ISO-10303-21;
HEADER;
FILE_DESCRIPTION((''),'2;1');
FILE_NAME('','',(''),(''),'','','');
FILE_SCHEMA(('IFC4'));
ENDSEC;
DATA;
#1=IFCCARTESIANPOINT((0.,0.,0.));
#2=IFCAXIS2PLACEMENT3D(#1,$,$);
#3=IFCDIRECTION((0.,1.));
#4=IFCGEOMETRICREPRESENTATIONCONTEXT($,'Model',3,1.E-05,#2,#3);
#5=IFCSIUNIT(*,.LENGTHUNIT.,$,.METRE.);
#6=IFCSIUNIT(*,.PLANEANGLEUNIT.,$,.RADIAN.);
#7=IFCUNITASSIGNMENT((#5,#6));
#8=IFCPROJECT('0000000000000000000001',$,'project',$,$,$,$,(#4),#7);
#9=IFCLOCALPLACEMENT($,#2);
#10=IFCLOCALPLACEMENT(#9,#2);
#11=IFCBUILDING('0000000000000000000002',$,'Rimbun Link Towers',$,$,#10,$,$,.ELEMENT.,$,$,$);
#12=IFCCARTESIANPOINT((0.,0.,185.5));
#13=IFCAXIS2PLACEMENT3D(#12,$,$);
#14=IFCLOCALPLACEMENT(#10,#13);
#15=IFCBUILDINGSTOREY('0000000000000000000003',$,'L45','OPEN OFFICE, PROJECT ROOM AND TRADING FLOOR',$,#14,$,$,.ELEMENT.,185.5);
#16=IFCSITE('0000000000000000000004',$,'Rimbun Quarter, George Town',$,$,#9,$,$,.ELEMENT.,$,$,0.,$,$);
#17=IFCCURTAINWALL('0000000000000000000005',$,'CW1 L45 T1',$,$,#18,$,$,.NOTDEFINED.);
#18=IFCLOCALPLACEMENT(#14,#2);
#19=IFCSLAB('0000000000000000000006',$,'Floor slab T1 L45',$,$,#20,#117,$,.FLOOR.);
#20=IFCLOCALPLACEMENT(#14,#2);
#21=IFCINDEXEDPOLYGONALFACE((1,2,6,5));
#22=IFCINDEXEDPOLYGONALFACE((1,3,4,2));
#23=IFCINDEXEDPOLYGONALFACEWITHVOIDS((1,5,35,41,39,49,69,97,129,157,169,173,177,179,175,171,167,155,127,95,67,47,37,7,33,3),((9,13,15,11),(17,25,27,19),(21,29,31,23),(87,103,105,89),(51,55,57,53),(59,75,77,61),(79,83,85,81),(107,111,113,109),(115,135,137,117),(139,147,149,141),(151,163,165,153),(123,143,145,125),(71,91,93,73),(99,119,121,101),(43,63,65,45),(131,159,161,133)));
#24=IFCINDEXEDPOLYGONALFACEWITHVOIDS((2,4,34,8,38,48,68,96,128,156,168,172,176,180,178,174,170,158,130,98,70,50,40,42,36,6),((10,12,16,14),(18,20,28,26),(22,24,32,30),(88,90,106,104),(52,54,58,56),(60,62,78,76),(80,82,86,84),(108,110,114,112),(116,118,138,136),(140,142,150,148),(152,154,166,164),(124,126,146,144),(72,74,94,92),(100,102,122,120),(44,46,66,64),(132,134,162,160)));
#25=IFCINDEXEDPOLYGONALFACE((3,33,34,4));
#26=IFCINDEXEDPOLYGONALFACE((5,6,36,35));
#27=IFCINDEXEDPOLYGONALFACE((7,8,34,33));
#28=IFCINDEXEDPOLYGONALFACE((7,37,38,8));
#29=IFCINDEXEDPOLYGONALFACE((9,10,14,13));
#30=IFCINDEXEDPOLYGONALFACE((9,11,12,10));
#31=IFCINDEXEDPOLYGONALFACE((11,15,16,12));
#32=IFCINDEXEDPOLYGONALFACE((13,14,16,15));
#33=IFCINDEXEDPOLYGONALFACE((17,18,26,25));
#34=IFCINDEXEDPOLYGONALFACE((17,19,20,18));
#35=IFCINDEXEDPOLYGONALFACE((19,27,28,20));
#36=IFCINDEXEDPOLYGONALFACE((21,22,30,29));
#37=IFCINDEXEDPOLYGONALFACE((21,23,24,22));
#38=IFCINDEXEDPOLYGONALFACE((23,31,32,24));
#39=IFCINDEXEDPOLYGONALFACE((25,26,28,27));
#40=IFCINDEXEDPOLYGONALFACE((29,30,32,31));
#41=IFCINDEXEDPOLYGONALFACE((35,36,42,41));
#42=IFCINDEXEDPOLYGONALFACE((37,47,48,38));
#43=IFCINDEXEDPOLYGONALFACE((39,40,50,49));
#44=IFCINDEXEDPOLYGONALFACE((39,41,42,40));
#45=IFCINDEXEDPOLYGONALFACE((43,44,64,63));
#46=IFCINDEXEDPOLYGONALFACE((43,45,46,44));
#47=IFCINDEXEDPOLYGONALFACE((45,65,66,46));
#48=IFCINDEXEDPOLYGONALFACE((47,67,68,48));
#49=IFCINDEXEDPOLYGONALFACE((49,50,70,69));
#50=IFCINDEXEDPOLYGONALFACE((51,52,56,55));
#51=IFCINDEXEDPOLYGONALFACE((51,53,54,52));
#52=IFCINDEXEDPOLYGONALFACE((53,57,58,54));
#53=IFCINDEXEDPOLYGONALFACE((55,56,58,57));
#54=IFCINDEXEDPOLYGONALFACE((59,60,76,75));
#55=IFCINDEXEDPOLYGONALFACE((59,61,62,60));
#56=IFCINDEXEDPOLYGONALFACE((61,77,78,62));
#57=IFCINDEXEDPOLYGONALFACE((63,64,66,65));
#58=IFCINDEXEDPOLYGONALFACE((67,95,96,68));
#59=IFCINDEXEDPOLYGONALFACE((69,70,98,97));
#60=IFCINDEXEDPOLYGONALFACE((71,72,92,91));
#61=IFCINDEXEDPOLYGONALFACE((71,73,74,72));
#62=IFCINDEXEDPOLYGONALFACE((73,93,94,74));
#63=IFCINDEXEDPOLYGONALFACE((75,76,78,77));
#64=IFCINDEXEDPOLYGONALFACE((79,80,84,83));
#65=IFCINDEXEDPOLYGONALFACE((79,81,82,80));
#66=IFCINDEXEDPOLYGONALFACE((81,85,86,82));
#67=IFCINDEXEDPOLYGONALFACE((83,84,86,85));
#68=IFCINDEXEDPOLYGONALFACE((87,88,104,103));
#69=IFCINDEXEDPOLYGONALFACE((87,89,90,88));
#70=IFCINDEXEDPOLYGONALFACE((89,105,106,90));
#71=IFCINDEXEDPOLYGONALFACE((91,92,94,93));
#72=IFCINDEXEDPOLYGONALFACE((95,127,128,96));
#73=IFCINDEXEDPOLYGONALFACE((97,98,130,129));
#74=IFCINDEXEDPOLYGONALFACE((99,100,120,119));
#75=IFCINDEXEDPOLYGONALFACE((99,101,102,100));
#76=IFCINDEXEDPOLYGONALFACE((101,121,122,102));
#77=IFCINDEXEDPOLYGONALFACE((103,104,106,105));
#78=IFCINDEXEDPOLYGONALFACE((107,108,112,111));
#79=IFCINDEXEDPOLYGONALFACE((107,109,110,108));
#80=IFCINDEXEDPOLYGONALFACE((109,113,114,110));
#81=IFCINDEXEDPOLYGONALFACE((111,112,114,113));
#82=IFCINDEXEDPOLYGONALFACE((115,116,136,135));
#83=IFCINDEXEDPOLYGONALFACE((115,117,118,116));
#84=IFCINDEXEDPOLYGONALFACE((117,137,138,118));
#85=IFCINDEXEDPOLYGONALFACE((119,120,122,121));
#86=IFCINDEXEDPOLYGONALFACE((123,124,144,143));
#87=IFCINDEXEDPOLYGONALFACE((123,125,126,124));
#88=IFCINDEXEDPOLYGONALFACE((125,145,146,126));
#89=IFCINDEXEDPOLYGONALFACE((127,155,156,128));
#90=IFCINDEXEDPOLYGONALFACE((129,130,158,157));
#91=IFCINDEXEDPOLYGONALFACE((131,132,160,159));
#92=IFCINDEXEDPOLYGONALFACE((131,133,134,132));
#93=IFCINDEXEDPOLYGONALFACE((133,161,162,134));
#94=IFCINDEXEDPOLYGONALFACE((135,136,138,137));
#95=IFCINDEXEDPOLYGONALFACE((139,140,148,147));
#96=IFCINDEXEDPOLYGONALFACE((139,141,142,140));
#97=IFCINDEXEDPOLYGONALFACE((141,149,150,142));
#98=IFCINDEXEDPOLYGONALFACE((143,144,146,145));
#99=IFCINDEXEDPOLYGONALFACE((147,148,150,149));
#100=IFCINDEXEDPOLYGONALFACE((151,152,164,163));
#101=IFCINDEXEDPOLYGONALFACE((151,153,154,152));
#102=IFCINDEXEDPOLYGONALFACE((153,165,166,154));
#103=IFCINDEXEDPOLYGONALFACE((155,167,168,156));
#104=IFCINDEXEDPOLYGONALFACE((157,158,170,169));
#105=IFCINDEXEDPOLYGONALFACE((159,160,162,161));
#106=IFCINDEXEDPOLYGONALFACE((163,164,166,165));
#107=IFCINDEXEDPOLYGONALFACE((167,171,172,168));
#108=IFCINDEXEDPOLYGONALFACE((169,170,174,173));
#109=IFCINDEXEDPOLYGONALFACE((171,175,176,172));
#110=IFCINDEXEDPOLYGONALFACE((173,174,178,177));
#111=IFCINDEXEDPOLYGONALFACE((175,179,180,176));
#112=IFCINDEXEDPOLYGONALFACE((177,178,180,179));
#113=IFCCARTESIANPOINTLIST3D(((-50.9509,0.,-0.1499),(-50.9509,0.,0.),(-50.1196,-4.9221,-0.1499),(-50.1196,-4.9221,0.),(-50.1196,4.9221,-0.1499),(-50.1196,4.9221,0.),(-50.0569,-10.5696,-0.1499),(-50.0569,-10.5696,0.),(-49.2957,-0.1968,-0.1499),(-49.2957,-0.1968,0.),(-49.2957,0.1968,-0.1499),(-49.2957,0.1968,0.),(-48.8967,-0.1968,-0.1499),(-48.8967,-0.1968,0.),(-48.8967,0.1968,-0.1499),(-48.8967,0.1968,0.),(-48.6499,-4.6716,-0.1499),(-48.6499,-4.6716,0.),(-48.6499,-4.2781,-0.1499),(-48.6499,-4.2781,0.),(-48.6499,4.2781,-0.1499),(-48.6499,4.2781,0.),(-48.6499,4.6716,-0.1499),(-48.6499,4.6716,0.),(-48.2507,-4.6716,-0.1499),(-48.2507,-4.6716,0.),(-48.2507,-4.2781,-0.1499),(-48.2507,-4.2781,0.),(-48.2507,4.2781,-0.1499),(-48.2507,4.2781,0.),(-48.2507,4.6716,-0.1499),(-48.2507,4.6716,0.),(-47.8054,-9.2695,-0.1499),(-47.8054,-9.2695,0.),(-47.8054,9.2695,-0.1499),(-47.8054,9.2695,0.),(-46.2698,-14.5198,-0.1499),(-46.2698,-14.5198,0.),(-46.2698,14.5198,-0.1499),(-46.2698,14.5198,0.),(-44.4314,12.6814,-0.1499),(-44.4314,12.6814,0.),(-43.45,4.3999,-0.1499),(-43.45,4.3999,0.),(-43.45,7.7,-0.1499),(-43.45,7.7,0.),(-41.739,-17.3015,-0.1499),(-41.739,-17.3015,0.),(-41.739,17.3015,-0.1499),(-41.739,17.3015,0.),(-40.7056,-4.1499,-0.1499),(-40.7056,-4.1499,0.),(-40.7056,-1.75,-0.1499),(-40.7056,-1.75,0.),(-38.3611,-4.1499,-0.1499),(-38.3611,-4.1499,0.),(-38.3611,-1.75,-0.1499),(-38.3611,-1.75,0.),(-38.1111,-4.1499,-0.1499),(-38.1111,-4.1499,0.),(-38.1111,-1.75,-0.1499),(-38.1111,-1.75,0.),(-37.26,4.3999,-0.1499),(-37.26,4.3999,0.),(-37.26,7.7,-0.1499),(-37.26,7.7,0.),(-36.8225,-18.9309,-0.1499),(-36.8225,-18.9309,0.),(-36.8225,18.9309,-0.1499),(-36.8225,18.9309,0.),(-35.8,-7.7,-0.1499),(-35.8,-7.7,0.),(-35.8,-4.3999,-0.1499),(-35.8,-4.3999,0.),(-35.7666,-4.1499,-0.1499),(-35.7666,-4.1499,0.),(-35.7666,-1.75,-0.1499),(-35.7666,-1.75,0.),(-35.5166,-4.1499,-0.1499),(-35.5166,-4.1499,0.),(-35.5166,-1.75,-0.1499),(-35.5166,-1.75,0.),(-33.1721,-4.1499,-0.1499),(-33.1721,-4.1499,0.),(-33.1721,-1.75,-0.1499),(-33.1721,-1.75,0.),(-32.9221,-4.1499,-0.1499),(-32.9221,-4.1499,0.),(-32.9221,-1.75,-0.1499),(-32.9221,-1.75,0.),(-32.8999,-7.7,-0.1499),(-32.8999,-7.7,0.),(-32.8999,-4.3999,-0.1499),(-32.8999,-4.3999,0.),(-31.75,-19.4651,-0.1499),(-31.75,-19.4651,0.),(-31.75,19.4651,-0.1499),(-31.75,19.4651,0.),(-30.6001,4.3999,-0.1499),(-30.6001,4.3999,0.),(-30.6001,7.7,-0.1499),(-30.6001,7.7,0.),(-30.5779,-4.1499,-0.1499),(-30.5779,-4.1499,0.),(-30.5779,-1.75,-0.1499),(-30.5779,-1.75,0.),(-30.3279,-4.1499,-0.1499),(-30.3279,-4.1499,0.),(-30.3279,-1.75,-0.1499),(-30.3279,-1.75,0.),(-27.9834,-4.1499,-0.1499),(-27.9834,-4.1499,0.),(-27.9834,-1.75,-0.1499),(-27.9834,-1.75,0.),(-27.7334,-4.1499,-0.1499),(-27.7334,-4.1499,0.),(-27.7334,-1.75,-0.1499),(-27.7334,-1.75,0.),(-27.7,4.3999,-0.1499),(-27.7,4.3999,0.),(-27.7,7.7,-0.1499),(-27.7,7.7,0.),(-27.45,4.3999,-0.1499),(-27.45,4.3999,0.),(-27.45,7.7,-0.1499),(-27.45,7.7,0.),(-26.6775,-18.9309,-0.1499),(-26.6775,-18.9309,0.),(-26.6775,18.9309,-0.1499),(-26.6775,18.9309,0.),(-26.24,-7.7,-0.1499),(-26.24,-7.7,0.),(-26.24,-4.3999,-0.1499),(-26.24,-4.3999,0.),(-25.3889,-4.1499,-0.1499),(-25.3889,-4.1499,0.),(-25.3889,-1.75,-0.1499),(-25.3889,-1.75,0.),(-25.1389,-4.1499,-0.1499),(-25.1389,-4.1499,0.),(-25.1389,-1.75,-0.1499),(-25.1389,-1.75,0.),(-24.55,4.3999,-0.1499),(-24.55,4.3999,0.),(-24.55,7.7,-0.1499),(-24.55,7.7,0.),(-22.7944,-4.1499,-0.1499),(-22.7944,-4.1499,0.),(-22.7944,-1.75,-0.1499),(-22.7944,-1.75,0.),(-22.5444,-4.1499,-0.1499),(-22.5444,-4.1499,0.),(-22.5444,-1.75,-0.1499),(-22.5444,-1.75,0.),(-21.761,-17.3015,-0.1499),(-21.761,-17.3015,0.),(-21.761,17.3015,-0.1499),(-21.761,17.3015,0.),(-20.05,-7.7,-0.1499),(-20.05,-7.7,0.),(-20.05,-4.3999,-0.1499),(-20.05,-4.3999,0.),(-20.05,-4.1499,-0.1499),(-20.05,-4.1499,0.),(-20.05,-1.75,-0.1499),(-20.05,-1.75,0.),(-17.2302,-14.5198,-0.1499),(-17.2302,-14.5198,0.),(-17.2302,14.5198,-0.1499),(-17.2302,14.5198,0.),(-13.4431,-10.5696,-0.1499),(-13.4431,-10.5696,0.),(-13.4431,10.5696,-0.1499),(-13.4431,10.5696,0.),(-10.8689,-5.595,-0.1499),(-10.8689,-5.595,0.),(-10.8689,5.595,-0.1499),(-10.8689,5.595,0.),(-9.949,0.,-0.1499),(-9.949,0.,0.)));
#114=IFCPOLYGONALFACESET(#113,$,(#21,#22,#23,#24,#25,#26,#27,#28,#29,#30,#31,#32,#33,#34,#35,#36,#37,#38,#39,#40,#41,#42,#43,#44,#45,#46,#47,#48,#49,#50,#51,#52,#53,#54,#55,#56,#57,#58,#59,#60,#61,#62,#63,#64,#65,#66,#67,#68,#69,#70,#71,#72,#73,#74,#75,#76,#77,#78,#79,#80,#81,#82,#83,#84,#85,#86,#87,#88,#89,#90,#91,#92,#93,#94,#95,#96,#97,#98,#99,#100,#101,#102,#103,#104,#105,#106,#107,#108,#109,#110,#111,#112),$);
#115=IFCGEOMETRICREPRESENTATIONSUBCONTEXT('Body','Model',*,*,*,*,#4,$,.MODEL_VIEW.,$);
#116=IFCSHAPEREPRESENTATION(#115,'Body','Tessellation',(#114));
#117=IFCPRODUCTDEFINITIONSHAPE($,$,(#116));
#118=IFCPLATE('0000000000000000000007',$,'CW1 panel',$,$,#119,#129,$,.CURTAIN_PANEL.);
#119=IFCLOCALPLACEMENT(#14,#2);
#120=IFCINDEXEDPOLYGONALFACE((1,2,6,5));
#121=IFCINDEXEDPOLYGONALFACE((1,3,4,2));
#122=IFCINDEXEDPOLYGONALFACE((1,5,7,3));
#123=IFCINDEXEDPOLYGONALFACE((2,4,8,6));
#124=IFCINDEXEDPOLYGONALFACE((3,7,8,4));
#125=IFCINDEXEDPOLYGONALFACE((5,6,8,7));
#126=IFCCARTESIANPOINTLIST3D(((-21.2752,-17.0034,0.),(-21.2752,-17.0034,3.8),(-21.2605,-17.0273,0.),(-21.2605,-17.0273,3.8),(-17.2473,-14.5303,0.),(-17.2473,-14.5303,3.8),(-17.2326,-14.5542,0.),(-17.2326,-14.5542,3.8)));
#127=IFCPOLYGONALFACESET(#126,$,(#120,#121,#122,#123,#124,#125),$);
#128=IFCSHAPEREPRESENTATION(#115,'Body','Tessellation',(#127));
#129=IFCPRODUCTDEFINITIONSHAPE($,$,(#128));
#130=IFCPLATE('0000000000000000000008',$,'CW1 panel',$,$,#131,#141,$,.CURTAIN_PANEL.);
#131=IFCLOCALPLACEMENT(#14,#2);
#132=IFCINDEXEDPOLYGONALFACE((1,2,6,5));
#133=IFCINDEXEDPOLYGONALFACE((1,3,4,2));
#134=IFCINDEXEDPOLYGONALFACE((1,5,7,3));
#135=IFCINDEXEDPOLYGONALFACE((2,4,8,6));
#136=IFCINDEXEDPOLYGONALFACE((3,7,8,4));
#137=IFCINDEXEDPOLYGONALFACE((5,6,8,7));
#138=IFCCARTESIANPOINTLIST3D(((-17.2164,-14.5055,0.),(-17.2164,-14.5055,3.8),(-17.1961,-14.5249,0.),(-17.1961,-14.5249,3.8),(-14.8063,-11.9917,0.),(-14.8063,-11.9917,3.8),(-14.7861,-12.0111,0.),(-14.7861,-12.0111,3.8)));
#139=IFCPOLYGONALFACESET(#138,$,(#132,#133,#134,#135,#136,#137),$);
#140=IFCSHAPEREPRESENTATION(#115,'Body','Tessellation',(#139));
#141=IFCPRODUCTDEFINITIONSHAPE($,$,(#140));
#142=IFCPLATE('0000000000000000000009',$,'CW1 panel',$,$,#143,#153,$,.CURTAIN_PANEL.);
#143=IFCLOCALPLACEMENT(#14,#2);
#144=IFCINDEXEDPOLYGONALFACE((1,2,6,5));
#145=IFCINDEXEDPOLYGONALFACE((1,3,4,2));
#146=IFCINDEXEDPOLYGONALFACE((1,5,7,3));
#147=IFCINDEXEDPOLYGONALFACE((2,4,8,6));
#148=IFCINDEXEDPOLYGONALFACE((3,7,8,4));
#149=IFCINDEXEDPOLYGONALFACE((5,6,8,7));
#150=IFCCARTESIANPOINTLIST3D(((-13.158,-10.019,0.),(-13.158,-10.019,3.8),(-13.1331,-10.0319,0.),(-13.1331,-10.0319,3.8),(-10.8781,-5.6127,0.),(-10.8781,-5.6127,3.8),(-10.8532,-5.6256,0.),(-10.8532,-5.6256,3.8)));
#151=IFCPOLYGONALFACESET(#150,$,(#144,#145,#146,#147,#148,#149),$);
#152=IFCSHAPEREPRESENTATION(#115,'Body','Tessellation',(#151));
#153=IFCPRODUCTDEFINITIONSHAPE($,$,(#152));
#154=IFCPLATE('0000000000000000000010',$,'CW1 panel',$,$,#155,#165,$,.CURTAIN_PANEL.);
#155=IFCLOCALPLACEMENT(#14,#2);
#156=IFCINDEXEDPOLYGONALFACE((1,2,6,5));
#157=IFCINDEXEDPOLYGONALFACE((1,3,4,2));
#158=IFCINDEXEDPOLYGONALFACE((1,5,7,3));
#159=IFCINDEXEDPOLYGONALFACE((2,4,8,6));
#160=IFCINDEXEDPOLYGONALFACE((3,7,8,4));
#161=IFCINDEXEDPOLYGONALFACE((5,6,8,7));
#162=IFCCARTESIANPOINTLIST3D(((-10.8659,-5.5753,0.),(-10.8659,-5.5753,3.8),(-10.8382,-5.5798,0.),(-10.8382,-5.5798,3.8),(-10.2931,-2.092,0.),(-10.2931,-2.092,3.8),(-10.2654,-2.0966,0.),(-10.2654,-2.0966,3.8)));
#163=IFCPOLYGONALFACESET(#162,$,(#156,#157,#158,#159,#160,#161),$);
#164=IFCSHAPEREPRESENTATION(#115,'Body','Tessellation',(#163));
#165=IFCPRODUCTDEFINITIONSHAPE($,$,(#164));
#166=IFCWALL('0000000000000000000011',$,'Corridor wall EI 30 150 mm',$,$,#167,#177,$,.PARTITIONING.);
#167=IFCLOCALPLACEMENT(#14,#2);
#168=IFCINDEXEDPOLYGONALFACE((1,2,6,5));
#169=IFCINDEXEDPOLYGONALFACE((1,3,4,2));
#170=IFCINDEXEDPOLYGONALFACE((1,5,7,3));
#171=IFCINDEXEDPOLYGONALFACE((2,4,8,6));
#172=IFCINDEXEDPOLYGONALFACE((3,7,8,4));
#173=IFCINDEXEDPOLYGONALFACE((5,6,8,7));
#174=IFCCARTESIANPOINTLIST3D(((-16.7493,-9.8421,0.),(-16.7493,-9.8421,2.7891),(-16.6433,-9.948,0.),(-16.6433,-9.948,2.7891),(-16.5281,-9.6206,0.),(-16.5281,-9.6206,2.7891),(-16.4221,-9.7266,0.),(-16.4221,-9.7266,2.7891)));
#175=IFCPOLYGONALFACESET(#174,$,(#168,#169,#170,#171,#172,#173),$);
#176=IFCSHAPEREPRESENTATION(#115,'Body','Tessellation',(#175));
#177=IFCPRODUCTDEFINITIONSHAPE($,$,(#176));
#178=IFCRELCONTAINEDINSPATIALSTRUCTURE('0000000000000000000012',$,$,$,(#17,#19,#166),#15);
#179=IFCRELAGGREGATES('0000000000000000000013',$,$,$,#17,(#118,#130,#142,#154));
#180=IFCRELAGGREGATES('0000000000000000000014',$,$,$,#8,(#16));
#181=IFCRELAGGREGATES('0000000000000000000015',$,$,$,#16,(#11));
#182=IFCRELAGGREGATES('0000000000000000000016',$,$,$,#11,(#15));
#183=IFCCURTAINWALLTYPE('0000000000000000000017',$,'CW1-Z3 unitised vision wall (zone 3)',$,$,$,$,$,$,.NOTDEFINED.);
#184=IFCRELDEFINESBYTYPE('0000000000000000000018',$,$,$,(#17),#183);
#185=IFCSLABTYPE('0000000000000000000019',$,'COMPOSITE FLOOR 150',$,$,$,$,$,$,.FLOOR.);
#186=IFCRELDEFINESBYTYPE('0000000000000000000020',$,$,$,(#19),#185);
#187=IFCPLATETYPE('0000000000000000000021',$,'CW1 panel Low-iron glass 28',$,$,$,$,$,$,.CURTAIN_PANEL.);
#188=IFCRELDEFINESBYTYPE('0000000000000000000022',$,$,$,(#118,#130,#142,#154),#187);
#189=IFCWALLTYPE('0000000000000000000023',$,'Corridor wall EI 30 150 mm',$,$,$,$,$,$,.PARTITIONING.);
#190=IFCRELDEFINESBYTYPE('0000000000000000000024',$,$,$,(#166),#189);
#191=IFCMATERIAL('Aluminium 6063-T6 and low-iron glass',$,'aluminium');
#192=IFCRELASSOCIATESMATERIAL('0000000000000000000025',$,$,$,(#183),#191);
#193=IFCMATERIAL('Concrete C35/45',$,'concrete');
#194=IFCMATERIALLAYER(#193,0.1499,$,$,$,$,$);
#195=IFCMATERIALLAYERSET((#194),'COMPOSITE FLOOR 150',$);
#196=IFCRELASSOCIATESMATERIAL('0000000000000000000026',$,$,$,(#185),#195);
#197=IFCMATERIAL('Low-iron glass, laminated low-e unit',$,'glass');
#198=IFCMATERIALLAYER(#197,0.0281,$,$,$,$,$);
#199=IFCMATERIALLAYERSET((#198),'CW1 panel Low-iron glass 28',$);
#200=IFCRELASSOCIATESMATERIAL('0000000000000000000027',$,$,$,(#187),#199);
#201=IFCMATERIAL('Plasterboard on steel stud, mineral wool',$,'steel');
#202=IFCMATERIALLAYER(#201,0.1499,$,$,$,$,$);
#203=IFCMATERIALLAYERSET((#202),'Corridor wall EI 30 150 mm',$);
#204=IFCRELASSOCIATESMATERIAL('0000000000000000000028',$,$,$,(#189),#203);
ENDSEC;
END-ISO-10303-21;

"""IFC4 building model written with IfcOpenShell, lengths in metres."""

from ifc_helpers import new_model, si_unit, direction, frame, frame_2d, origin, origin_2d, place, context, subcontext, project, spatial, polyline, rectangle, outline, extrude, material, layer, layer_set, type_object, element, aggregate, save


model = new_model("IFC4")

# Units and contexts
model_context = context("Model", 3, precision=1e-05, world=origin(), true_north=direction((0.0, 1.0)))
body_context = subcontext(model_context, "Body", "Model", "MODEL_VIEW")
ifc_project = project(units=[si_unit("LENGTHUNIT", "METRE"), si_unit("PLANEANGLEUNIT", "RADIAN")], contexts=[model_context])

# Site, building, storey
site_placement = place(None, origin())
site = spatial("IfcSite", under=ifc_project, at=site_placement, Name="Rimbun Quarter, George Town", CompositionType="ELEMENT", RefElevation=0.0)
building_placement = place(site_placement, origin())
building = spatial("IfcBuilding", under=site, at=building_placement, Name="Rimbun Link Towers", CompositionType="ELEMENT")
storey_placement = place(building_placement, frame((0.0, 0.0, 185.5)))
storey = spatial("IfcBuildingStorey", under=building, at=storey_placement, Name="L45", Description="OPEN OFFICE, PROJECT ROOM AND TRADING FLOOR", CompositionType="ELEMENT", Elevation=185.5)

# Curtain wall
ifc_material_1 = material(Name="Aluminium 6063-T6 and low-iron glass", Category="aluminium")
curtain_wall_type = type_object("IfcCurtainWallType", Name="CW1-Z3 unitised vision wall (zone 3)", PredefinedType="NOTDEFINED", material=ifc_material_1)
curtain_wall_placement = place(storey_placement, origin())
curtain_wall = element("IfcCurtainWall", 1, at=curtain_wall_placement, inside=storey, type_object=curtain_wall_type, Name="CW1 L45 T1", PredefinedType="NOTDEFINED")

# Slab
ifc_material_2 = material(Name="Concrete C35/45", Category="concrete")
ifc_layer_1 = layer(ifc_material_2, 0.1499)
ifc_layer_set_1 = layer_set([ifc_layer_1], Name="COMPOSITE FLOOR 150")
slab_type = type_object("IfcSlabType", Name="COMPOSITE FLOOR 150", PredefinedType="FLOOR", material=ifc_layer_set_1)
slab_placement = place(storey_placement, frame((0.0, 0.0, -0.1499)))
element("IfcSlab", 2, at=slab_placement, inside=storey, type_object=slab_type, Name="Floor slab T1 L45", PredefinedType="FLOOR", context=body_context, shape_type="SweptSolid", body=[
    extrude(outline(polyline([(-41.739, 17.3015), (-36.8225, 18.9309), (-31.75, 19.4651), (-26.6775, 18.9309), (-21.761, 17.3015), (-17.2302, 14.5198), (-13.4431, 10.5696), (-10.8689, 5.595), (-9.949, 0.0), (-10.8689, -5.595), (-13.4431, -10.5696), (-17.2302, -14.5198), (-21.761, -17.3015), (-26.6775, -18.9309), (-31.75, -19.4651), (-36.8225, -18.9309), (-41.739, -17.3015), (-46.2698, -14.5198), (-50.0569, -10.5696), (-47.8054, -9.2695), (-50.1196, -4.9221), (-50.9509, 0.0), (-50.1196, 4.9221), (-47.8054, 9.2695), (-44.4314, 12.6814), (-46.2698, 14.5198), (-41.739, 17.3015)]), holes=[polyline([(-32.8999, -7.7), (-32.8999, -4.3999), (-35.8, -4.3999), (-35.8, -7.7), (-32.8999, -7.7)]), polyline([(-48.2507, -4.6716), (-48.2507, -4.2781), (-48.6499, -4.2781), (-48.6499, -4.6716), (-48.2507, -4.6716)]), polyline([(-38.3611, -4.1499), (-38.3611, -1.75), (-40.7056, -1.75), (-40.7056, -4.1499), (-38.3611, -4.1499)]), polyline([(-35.7666, -4.1499), (-35.7666, -1.75), (-38.1111, -1.75), (-38.1111, -4.1499), (-35.7666, -4.1499)]), polyline([(-33.1721, -4.1499), (-33.1721, -1.75), (-35.5166, -1.75), (-35.5166, -4.1499), (-33.1721, -4.1499)]), polyline([(-48.8967, -0.1968), (-48.8967, 0.1968), (-49.2957, 0.1968), (-49.2957, -0.1968), (-48.8967, -0.1968)]), polyline([(-48.2507, 4.2781), (-48.2507, 4.6716), (-48.6499, 4.6716), (-48.6499, 4.2781), (-48.2507, 4.2781)]), polyline([(-37.26, 4.3999), (-37.26, 7.7), (-43.45, 7.7), (-43.45, 4.3999), (-37.26, 4.3999)]), polyline([(-20.05, -7.7), (-20.05, -4.3999), (-26.24, -4.3999), (-26.24, -7.7), (-20.05, -7.7)]), polyline([(-30.5779, -4.1499), (-30.5779, -1.75), (-32.9221, -1.75), (-32.9221, -4.1499), (-30.5779, -4.1499)]), polyline([(-27.9834, -4.1499), (-27.9834, -1.75), (-30.3279, -1.75), (-30.3279, -4.1499), (-27.9834, -4.1499)]), polyline([(-25.3889, -4.1499), (-25.3889, -1.75), (-27.7334, -1.75), (-27.7334, -4.1499), (-25.3889, -4.1499)]), polyline([(-22.7944, -4.1499), (-22.7944, -1.75), (-25.1389, -1.75), (-25.1389, -4.1499), (-22.7944, -4.1499)]), polyline([(-20.05, -4.1499), (-20.05, -1.75), (-22.5444, -1.75), (-22.5444, -4.1499), (-20.05, -4.1499)]), polyline([(-27.7, 4.3999), (-27.7, 7.7), (-30.6001, 7.7), (-30.6001, 4.3999), (-27.7, 4.3999)]), polyline([(-24.55, 4.3999), (-24.55, 7.7), (-27.45, 7.7), (-27.45, 4.3999), (-24.55, 4.3999)])]), origin(), (0.0, 0.0, 1.0), 0.1499),
])

# Plates
ifc_material_3 = material(Name="Low-iron glass, laminated low-e unit", Category="glass")
ifc_layer_2 = layer(ifc_material_3, 0.0281)
ifc_layer_set_2 = layer_set([ifc_layer_2], Name="CW1 panel Low-iron glass 28")
plate_type = type_object("IfcPlateType", Name="CW1 panel Low-iron glass 28", PredefinedType="CURTAIN_PANEL", material=ifc_layer_set_2)
plate_1_placement = place(storey_placement, frame((-19.2539, -15.7788, 0.0), z_axis=(0.0, 0.0, 1.0), x_axis=(-0.852189, -0.523235, 0.0)))
plate_1 = element("IfcPlate", 3, at=plate_1_placement, type_object=plate_type, Name="CW1 panel", PredefinedType="CURTAIN_PANEL", context=body_context, shape_type="SweptSolid", body=[
    extrude(rectangle(XDim=4.7266, YDim=0.0281, at=origin_2d()), origin(), (0.0, 0.0, 1.0), 3.8),
])
plate_2_placement = place(storey_placement, frame((-16.0012, -13.2583, 0.0), z_axis=(0.0, 0.0, 1.0), x_axis=(-0.692057, -0.721843, 0.0)))
plate_2 = element("IfcPlate", 4, at=plate_2_placement, type_object=plate_type, Name="CW1 panel", PredefinedType="CURTAIN_PANEL", context=body_context, shape_type="SweptSolid", body=[
    extrude(rectangle(XDim=3.4824, YDim=0.0281, at=origin_2d()), origin(), (0.0, 0.0, 1.0), 3.8),
])
plate_3_placement = place(storey_placement, frame((-12.0056, -7.8223, 0.0), z_axis=(0.0, 0.0, 1.0), x_axis=(-0.459554, -0.88815, 0.0)))
plate_3 = element("IfcPlate", 5, at=plate_3_placement, type_object=plate_type, Name="CW1 panel", PredefinedType="CURTAIN_PANEL", context=body_context, shape_type="SweptSolid", body=[
    extrude(rectangle(XDim=4.9612, YDim=0.0281, at=origin_2d()), origin(), (0.0, 0.0, 1.0), 3.8),
])
plate_4_placement = place(storey_placement, frame((-10.5657, -3.8359, 0.0), z_axis=(0.0, 0.0, 1.0), x_axis=(-0.162254, -0.986749, 0.0)))
plate_4 = element("IfcPlate", 6, at=plate_4_placement, type_object=plate_type, Name="CW1 panel", PredefinedType="CURTAIN_PANEL", context=body_context, shape_type="SweptSolid", body=[
    extrude(rectangle(XDim=3.53, YDim=0.0281, at=origin_2d()), origin(), (0.0, 0.0, 1.0), 3.8),
])
aggregate(curtain_wall, [plate_1, plate_2, plate_3, plate_4])

# Wall
ifc_material_4 = material(Name="Plasterboard on steel stud, mineral wool", Category="steel")
ifc_layer_3 = layer(ifc_material_4, 0.1499)
ifc_layer_set_3 = layer_set([ifc_layer_3], Name="Corridor wall EI 30 150 mm")
wall_type_1 = type_object("IfcWallType", Name="Corridor wall EI 30 150 mm", PredefinedType="PARTITIONING", material=ifc_layer_set_3)
wall_1_placement = place(storey_placement, frame((-16.6963, -9.895, 0.0), z_axis=(0.0, 0.0, 1.0), x_axis=(0.706717, 0.707497, 0.0)))
element("IfcWall", 7, at=wall_1_placement, inside=storey, type_object=wall_type_1, Name="Corridor wall EI 30 150 mm", PredefinedType="PARTITIONING", context=body_context, shape_type="SweptSolid", body=[
    extrude(rectangle(XDim=0.313, YDim=0.1499, at=frame_2d((0.1565, 0.0))), origin(), (0.0, 0.0, 1.0), 2.7891),
])

save(model, "model.ifc")
